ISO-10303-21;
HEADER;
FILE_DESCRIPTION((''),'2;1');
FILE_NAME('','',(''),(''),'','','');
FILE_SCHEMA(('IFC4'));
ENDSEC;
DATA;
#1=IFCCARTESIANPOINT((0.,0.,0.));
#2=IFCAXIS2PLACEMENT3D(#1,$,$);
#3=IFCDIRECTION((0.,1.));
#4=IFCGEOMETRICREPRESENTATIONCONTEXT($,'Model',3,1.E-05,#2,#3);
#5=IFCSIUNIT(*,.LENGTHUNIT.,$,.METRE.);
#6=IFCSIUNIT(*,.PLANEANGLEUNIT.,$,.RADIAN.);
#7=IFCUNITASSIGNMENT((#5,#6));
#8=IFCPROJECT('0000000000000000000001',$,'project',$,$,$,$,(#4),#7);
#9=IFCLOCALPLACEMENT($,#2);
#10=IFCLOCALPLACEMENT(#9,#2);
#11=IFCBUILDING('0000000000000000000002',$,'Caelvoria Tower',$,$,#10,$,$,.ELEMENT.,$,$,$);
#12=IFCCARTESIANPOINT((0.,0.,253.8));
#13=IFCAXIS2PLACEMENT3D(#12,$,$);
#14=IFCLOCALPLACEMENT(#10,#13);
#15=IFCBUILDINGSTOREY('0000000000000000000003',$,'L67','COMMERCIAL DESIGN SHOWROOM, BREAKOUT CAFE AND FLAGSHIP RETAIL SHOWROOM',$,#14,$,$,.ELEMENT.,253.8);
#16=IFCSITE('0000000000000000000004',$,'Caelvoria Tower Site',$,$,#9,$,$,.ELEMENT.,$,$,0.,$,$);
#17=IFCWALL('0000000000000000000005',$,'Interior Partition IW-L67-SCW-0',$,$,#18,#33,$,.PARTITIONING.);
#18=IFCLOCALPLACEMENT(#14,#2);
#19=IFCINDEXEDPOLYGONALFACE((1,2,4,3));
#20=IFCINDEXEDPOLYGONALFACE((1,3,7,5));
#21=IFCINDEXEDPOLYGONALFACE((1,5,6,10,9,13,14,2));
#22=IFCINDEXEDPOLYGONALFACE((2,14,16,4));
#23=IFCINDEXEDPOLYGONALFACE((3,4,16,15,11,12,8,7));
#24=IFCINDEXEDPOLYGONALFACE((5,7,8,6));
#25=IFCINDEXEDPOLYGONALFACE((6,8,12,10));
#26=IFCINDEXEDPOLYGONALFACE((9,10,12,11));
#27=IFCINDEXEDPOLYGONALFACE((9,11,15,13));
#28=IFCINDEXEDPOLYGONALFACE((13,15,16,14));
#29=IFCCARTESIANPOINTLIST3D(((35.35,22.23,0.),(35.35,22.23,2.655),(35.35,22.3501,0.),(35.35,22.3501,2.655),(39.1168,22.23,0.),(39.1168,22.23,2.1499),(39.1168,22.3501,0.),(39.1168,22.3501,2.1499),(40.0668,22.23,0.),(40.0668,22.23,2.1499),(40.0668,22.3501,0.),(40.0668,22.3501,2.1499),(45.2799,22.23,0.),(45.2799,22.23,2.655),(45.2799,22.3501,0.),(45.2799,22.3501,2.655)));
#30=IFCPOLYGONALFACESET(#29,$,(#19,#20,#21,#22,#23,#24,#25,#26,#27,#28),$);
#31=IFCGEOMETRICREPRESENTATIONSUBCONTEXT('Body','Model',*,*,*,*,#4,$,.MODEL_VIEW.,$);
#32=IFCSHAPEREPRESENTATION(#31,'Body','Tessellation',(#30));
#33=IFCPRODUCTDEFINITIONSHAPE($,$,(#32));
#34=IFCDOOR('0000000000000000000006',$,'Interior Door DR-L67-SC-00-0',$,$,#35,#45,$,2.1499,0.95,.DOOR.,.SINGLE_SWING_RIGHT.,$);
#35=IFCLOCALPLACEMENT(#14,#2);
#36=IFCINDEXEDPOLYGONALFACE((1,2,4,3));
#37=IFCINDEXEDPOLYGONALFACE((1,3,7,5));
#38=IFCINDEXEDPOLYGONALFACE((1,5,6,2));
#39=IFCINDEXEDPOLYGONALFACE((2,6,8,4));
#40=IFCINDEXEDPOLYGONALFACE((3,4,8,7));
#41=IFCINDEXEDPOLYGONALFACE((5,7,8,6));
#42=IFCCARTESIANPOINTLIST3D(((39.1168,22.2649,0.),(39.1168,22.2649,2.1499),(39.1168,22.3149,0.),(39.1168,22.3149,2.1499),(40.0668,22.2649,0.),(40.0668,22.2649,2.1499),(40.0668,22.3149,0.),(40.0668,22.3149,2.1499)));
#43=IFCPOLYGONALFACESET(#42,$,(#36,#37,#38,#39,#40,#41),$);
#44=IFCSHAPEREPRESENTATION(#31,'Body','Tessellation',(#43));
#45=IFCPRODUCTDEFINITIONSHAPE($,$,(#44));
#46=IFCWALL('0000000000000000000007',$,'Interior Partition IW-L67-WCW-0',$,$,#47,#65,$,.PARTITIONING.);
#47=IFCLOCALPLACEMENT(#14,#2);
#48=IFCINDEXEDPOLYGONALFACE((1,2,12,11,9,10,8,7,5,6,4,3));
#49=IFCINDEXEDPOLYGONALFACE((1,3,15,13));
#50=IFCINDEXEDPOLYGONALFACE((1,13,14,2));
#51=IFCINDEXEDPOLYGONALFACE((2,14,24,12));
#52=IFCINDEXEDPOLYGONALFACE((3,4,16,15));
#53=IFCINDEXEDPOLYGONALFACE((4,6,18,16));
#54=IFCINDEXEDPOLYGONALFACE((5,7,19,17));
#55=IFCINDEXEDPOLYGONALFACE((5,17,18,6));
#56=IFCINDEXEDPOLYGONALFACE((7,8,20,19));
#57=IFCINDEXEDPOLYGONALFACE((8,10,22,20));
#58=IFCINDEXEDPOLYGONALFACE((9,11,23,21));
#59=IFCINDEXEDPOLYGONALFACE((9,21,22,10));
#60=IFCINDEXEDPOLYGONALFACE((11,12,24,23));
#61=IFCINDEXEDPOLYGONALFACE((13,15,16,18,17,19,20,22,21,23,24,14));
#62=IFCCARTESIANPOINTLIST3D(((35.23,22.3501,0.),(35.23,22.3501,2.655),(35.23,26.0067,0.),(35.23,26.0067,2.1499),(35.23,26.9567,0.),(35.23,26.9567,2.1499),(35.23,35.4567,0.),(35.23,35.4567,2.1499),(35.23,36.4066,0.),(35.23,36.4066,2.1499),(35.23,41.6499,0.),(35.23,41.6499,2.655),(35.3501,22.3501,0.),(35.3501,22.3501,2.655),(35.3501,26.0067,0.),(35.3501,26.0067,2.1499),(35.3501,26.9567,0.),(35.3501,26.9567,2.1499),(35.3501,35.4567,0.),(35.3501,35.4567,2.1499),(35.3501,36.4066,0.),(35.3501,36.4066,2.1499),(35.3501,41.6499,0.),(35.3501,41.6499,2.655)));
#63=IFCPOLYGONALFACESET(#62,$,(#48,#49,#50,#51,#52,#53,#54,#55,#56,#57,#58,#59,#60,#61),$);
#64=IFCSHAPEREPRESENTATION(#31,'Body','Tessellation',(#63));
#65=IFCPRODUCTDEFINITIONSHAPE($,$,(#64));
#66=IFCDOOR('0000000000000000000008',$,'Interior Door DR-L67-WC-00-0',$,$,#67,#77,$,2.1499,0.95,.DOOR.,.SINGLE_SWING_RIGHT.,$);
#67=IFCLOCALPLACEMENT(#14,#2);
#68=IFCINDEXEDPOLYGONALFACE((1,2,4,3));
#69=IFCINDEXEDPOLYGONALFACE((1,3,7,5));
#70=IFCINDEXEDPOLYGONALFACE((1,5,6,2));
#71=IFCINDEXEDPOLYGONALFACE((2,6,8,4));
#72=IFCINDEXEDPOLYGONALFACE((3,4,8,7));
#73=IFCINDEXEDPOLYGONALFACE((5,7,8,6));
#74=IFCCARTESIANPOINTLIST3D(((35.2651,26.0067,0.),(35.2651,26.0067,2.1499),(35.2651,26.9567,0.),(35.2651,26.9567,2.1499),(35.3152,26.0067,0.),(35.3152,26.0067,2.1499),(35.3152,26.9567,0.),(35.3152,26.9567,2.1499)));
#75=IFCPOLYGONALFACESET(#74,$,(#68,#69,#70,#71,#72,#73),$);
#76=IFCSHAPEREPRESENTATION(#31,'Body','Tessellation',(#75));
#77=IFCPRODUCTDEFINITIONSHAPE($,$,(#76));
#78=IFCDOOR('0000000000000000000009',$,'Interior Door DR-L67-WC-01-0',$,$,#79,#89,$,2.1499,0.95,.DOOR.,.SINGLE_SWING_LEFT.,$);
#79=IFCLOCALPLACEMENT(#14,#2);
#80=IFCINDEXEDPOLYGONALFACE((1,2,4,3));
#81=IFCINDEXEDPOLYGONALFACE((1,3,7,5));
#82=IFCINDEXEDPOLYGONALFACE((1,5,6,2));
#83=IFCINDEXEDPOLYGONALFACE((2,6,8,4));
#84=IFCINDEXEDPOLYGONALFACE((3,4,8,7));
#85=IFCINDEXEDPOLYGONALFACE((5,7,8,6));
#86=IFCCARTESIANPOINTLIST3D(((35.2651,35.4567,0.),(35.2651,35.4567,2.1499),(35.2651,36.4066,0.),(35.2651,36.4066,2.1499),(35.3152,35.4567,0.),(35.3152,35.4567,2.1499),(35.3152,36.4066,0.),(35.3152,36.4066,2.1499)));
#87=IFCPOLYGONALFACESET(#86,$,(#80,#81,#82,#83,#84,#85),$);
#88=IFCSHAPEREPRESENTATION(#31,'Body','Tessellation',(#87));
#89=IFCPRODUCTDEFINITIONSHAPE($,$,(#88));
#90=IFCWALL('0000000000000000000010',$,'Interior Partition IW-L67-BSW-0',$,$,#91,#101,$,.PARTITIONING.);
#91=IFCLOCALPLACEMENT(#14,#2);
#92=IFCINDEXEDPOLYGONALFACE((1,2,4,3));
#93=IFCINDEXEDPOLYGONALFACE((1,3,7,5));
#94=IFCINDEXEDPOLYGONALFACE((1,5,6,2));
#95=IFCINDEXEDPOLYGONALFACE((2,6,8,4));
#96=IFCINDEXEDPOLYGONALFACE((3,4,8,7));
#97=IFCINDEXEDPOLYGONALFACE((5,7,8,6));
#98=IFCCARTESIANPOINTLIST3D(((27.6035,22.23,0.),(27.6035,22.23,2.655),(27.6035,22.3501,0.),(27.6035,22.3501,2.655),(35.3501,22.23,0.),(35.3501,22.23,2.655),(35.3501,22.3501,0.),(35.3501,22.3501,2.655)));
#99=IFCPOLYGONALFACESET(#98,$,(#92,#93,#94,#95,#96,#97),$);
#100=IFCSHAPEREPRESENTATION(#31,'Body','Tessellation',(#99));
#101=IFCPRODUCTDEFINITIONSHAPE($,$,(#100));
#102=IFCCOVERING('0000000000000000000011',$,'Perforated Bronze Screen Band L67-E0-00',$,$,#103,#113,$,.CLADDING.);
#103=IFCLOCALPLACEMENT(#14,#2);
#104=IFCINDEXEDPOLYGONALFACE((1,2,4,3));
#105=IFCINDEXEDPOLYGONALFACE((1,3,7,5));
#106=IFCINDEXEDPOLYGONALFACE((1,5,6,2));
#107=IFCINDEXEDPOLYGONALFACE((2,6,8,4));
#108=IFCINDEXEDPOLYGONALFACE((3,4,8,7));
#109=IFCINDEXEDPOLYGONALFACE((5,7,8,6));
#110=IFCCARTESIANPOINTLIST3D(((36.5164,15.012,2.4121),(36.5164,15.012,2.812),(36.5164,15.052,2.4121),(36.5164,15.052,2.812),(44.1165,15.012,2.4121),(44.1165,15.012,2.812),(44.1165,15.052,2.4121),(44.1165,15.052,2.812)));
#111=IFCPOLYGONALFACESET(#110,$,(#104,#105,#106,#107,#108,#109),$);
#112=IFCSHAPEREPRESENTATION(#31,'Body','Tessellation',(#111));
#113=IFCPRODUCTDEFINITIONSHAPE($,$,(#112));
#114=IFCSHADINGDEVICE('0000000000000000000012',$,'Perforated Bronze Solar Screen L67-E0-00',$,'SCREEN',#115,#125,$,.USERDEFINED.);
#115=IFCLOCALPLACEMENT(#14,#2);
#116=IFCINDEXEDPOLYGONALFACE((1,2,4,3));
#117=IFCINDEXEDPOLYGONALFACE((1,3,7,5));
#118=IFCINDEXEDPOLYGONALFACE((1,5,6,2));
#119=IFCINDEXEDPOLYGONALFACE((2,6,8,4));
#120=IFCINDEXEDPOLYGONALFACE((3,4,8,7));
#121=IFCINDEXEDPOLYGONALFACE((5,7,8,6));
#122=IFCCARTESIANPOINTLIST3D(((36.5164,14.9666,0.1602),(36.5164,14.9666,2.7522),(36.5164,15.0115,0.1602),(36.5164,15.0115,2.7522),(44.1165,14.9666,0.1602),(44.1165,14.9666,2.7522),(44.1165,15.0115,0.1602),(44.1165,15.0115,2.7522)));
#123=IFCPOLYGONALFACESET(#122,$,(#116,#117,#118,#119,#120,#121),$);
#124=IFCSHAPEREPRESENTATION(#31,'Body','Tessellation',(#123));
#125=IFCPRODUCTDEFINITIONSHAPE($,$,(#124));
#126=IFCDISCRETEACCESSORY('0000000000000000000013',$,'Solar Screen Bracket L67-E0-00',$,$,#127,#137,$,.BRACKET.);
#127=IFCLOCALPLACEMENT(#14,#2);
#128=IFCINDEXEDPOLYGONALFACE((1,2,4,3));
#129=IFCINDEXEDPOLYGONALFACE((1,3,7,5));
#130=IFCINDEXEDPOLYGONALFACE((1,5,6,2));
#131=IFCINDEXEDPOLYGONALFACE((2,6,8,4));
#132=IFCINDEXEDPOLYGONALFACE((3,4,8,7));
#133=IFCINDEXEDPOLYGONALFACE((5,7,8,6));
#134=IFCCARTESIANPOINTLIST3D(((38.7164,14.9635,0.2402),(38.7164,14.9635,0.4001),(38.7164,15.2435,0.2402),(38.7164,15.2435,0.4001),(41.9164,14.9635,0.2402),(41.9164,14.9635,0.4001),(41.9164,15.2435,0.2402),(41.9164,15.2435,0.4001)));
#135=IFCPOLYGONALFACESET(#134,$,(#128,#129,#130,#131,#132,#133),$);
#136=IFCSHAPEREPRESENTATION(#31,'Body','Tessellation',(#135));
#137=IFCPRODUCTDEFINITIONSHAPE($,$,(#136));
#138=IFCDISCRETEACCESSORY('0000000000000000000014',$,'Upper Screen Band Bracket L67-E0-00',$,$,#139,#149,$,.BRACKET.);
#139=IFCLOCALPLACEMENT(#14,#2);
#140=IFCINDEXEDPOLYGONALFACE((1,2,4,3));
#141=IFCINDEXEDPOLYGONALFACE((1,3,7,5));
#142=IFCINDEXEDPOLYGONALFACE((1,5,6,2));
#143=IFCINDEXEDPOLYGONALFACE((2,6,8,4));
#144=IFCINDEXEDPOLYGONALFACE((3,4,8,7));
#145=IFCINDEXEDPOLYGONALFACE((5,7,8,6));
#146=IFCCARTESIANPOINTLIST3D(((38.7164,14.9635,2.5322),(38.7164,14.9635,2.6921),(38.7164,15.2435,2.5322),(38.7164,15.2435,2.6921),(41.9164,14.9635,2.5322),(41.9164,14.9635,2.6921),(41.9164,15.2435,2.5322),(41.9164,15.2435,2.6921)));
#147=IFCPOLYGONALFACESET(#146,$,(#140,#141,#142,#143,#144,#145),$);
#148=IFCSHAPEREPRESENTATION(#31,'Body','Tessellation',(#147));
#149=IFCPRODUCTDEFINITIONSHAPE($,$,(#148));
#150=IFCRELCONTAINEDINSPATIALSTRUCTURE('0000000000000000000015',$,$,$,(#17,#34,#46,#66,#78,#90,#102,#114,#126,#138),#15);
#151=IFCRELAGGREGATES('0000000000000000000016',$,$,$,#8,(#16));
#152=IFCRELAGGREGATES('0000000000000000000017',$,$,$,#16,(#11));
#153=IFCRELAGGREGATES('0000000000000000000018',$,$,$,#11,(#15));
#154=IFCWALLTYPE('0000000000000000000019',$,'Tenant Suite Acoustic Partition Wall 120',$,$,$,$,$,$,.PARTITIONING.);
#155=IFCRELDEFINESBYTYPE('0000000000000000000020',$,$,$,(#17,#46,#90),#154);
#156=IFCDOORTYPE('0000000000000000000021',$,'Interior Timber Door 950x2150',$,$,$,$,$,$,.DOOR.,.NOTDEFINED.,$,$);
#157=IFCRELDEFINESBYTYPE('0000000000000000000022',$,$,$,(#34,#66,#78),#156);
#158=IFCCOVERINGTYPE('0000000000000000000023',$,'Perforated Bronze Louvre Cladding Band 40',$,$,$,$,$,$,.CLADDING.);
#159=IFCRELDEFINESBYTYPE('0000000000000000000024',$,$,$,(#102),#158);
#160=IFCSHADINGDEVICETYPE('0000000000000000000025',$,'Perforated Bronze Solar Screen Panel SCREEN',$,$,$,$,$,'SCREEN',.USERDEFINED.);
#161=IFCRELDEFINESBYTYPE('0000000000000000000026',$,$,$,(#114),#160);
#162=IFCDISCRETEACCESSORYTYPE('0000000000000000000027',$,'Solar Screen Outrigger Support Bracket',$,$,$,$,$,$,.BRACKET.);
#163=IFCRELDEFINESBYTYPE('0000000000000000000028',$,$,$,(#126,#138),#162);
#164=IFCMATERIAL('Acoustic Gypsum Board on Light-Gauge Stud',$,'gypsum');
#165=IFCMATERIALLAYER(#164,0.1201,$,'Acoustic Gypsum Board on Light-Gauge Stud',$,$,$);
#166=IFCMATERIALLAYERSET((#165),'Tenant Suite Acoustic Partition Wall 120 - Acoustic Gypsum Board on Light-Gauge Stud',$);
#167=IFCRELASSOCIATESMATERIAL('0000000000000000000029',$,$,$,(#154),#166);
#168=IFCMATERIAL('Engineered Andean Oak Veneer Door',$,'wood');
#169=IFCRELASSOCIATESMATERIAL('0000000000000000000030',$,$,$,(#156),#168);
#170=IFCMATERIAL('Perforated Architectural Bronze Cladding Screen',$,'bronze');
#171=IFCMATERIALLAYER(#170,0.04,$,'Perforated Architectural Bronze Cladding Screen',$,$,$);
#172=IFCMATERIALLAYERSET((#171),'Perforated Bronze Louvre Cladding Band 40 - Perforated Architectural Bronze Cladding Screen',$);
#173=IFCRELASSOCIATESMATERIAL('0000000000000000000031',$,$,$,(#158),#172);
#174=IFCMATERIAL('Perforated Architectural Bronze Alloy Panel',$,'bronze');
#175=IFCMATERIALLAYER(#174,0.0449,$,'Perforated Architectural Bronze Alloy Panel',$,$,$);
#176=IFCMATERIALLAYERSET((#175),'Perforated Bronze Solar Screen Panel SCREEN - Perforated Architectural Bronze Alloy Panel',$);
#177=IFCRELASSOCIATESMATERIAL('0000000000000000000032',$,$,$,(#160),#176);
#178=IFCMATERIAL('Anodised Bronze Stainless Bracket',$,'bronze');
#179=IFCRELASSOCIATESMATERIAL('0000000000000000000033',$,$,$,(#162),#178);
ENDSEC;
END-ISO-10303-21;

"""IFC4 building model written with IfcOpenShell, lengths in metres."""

from ifc_helpers import new_model, si_unit, direction, frame, frame_2d, origin, origin_2d, place, context, subcontext, project, spatial, rectangle, extrude, material, layer, layer_set, type_object, element, fill, save


model = new_model("IFC4")

# Units and contexts
model_context = context("Model", 3, precision=1e-05, world=origin(), true_north=direction((0.0, 1.0)))
body_context = subcontext(model_context, "Body", "Model", "MODEL_VIEW")
ifc_project = project(units=[si_unit("LENGTHUNIT", "METRE"), si_unit("PLANEANGLEUNIT", "RADIAN")], contexts=[model_context])

# Site, building, storey
site_placement = place(None, origin())
site = spatial("IfcSite", under=ifc_project, at=site_placement, Name="Caelvoria Tower Site", CompositionType="ELEMENT", RefElevation=0.0)
building_placement = place(site_placement, origin())
building = spatial("IfcBuilding", under=site, at=building_placement, Name="Caelvoria Tower", CompositionType="ELEMENT")
storey_placement = place(building_placement, frame((0.0, 0.0, 253.8)))
storey = spatial("IfcBuildingStorey", under=building, at=storey_placement, Name="L67", Description="COMMERCIAL DESIGN SHOWROOM, BREAKOUT CAFE AND FLAGSHIP RETAIL SHOWROOM", CompositionType="ELEMENT", Elevation=253.8)

# Wall, opening, door
ifc_material_1 = material(Name="Engineered Andean Oak Veneer Door", Category="wood")
ifc_material_2 = material(Name="Acoustic Gypsum Board on Light-Gauge Stud", Category="gypsum")
ifc_layer_1 = layer(ifc_material_2, 0.1201, Name="Acoustic Gypsum Board on Light-Gauge Stud")
ifc_layer_set_1 = layer_set([ifc_layer_1], Name="Tenant Suite Acoustic Partition Wall 120 - Acoustic Gypsum Board on Light-Gauge Stud")
wall_type_1 = type_object("IfcWallType", Name="Tenant Suite Acoustic Partition Wall 120", PredefinedType="PARTITIONING", material=ifc_layer_set_1)
wall_1_placement = place(storey_placement, frame((35.3501, 22.29, 0.0), z_axis=(0.0, 0.0, 1.0), x_axis=(1.0, 0.0, 0.0)))
wall_1 = element("IfcWall", 1, at=wall_1_placement, inside=storey, type_object=wall_type_1, Name="Interior Partition IW-L67-SCW-0", PredefinedType="PARTITIONING", context=body_context, shape_type="SweptSolid", body=[
    extrude(rectangle(XDim=9.9299, YDim=0.1201, at=frame_2d((4.9648, 0.0))), origin(), (0.0, 0.0, 1.0), 2.655),
])
opening_1_placement = place(wall_1_placement, frame((3.7666, 0.0, 0.0)))
opening_1 = element("IfcOpeningElement", 2, at=opening_1_placement, cuts=wall_1, PredefinedType="OPENING", context=body_context, shape_type="SweptSolid", body=[
    extrude(rectangle(XDim=0.95, YDim=2.1499, at=frame_2d((0.4751, 1.075))), frame((0.0, 0.0701, 0.0), z_axis=(0.0, -1.0, 0.0), x_axis=(1.0, 0.0, 0.0)), (0.0, 0.0, 1.0), 0.1401),
])
door_type_1 = type_object("IfcDoorType", Name="Interior Timber Door 950x2150", OperationType="NOTDEFINED", PredefinedType="DOOR", material=ifc_material_1)
door_1_placement = place(opening_1_placement, origin())
door_1 = element("IfcDoor", 3, at=door_1_placement, inside=storey, type_object=door_type_1, Name="Interior Door DR-L67-SC-00-0", OperationType="SINGLE_SWING_RIGHT", OverallHeight=2.1499, OverallWidth=0.95, PredefinedType="DOOR", context=body_context, shape_type="SweptSolid", body=[
    extrude(rectangle(XDim=0.95, YDim=2.1499, at=frame_2d((0.4751, 1.075))), frame((0.0, 0.0249, 0.0), z_axis=(0.0, -1.0, 0.0), x_axis=(1.0, 0.0, 0.0)), (0.0, 0.0, 1.0), 0.05),
])
fill(opening_1, door_1)

# Wall, openings, doors
wall_2_placement = place(storey_placement, frame((35.29, 22.3501, 0.0), z_axis=(0.0, 0.0, 1.0), x_axis=(0.0, 1.0, 0.0)))
wall_2 = element("IfcWall", 4, at=wall_2_placement, inside=storey, type_object=wall_type_1, Name="Interior Partition IW-L67-WCW-0", PredefinedType="PARTITIONING", context=body_context, shape_type="SweptSolid", body=[
    extrude(rectangle(XDim=19.2998, YDim=0.1201, at=frame_2d((9.6499, 0.0))), origin(), (0.0, 0.0, 1.0), 2.655),
])
opening_2_placement = place(wall_2_placement, frame((3.6565, 0.0, 0.0)))
opening_2 = element("IfcOpeningElement", 5, at=opening_2_placement, cuts=wall_2, PredefinedType="OPENING", context=body_context, shape_type="SweptSolid", body=[
    extrude(rectangle(XDim=0.95, YDim=2.1499, at=frame_2d((0.4751, 1.075))), frame((0.0, 0.0701, 0.0), z_axis=(0.0, -1.0, 0.0), x_axis=(1.0, 0.0, 0.0)), (0.0, 0.0, 1.0), 0.1401),
])
opening_3_placement = place(wall_2_placement, frame((13.1064, 0.0, 0.0)))
opening_3 = element("IfcOpeningElement", 6, at=opening_3_placement, cuts=wall_2, PredefinedType="OPENING", context=body_context, shape_type="SweptSolid", body=[
    extrude(rectangle(XDim=0.95, YDim=2.1499, at=frame_2d((0.4751, 1.075))), frame((0.0, 0.0701, 0.0), z_axis=(0.0, -1.0, 0.0), x_axis=(1.0, 0.0, 0.0)), (0.0, 0.0, 1.0), 0.1401),
])
door_2_placement = place(opening_2_placement, origin())
door_2 = element("IfcDoor", 7, at=door_2_placement, inside=storey, type_object=door_type_1, Name="Interior Door DR-L67-WC-00-0", OperationType="SINGLE_SWING_RIGHT", OverallHeight=2.1499, OverallWidth=0.95, PredefinedType="DOOR", context=body_context, shape_type="SweptSolid", body=[
    extrude(rectangle(XDim=0.95, YDim=2.1499, at=frame_2d((0.4751, 1.075))), frame((0.0, 0.0249, 0.0), z_axis=(0.0, -1.0, 0.0), x_axis=(1.0, 0.0, 0.0)), (0.0, 0.0, 1.0), 0.05),
])
fill(opening_2, door_2)
door_3_placement = place(opening_3_placement, origin())
door_3 = element("IfcDoor", 8, at=door_3_placement, inside=storey, type_object=door_type_1, Name="Interior Door DR-L67-WC-01-0", OperationType="SINGLE_SWING_LEFT", OverallHeight=2.1499, OverallWidth=0.95, PredefinedType="DOOR", context=body_context, shape_type="SweptSolid", body=[
    extrude(rectangle(XDim=0.95, YDim=2.1499, at=frame_2d((0.4751, 1.075))), frame((0.0, 0.0249, 0.0), z_axis=(0.0, -1.0, 0.0), x_axis=(1.0, 0.0, 0.0)), (0.0, 0.0, 1.0), 0.05),
])
fill(opening_3, door_3)

# Wall
wall_3_placement = place(storey_placement, frame((35.3501, 22.29, 0.0), z_axis=(0.0, 0.0, 1.0), x_axis=(-1.0, 0.0, 0.0)))
element("IfcWall", 9, at=wall_3_placement, inside=storey, type_object=wall_type_1, Name="Interior Partition IW-L67-BSW-0", PredefinedType="PARTITIONING", context=body_context, shape_type="SweptSolid", body=[
    extrude(rectangle(XDim=7.7466, YDim=0.1201, at=frame_2d((3.8733, 0.0))), origin(), (0.0, 0.0, 1.0), 2.655),
])

# Covering
ifc_material_3 = material(Name="Perforated Architectural Bronze Cladding Screen", Category="bronze")
ifc_layer_2 = layer(ifc_material_3, 0.04, Name="Perforated Architectural Bronze Cladding Screen")
ifc_layer_set_2 = layer_set([ifc_layer_2], Name="Perforated Bronze Louvre Cladding Band 40 - Perforated Architectural Bronze Cladding Screen")
covering_type = type_object("IfcCoveringType", Name="Perforated Bronze Louvre Cladding Band 40", PredefinedType="CLADDING", material=ifc_layer_set_2)
covering_placement = place(storey_placement, frame((40.3164, 15.032, 2.4121), z_axis=(0.0, 0.0, 1.0), x_axis=(1.0, 0.0, 0.0)))
element("IfcCovering", 10, at=covering_placement, inside=storey, type_object=covering_type, Name="Perforated Bronze Screen Band L67-E0-00", PredefinedType="CLADDING", context=body_context, shape_type="SweptSolid", body=[
    extrude(rectangle(XDim=7.6001, YDim=0.04, at=origin_2d()), origin(), (0.0, 0.0, 1.0), 0.3999),
])

# Shading device
ifc_material_4 = material(Name="Perforated Architectural Bronze Alloy Panel", Category="bronze")
ifc_layer_3 = layer(ifc_material_4, 0.0449, Name="Perforated Architectural Bronze Alloy Panel")
ifc_layer_set_3 = layer_set([ifc_layer_3], Name="Perforated Bronze Solar Screen Panel SCREEN - Perforated Architectural Bronze Alloy Panel")
shading_device_type = type_object("IfcShadingDeviceType", Name="Perforated Bronze Solar Screen Panel SCREEN", ElementType="SCREEN", PredefinedType="USERDEFINED", material=ifc_layer_set_3)
shading_device_placement = place(storey_placement, frame((40.3164, 14.989, 0.1602), z_axis=(0.0, 0.0, 1.0), x_axis=(1.0, 0.0, 0.0)))
element("IfcShadingDevice", 11, at=shading_device_placement, inside=storey, type_object=shading_device_type, Name="Perforated Bronze Solar Screen L67-E0-00", ObjectType="SCREEN", PredefinedType="USERDEFINED", context=body_context, shape_type="SweptSolid", body=[
    extrude(rectangle(XDim=7.6001, YDim=0.0449, at=origin_2d()), origin(), (0.0, 0.0, 1.0), 2.592),
])

# Discrete accessories
ifc_material_5 = material(Name="Anodised Bronze Stainless Bracket", Category="bronze")
discrete_accessory_type = type_object("IfcDiscreteAccessoryType", Name="Solar Screen Outrigger Support Bracket", PredefinedType="BRACKET", material=ifc_material_5)
for number, where, z_axis, x_axis, name in (
    (12, (40.3164, 15.1035, 0.2402), (0.0, 0.0, 1.0), (1.0, 0.0, 0.0), "Solar Screen Bracket L67-E0-00"),
    (13, (40.3164, 15.1035, 2.5322), (0.0, 0.0, 1.0), (1.0, 0.0, 0.0), "Upper Screen Band Bracket L67-E0-00"),
):
    element("IfcDiscreteAccessory", number, at=place(storey_placement, frame(where, z_axis=z_axis, x_axis=x_axis)), inside=storey, type_object=discrete_accessory_type, Name=name, PredefinedType="BRACKET", context=body_context, shape_type="SweptSolid", body=[
        extrude(rectangle(XDim=3.2, YDim=0.28, at=origin_2d()), origin(), (0.0, 0.0, 1.0), 0.1599),
    ])

save(model, "model.ifc")
